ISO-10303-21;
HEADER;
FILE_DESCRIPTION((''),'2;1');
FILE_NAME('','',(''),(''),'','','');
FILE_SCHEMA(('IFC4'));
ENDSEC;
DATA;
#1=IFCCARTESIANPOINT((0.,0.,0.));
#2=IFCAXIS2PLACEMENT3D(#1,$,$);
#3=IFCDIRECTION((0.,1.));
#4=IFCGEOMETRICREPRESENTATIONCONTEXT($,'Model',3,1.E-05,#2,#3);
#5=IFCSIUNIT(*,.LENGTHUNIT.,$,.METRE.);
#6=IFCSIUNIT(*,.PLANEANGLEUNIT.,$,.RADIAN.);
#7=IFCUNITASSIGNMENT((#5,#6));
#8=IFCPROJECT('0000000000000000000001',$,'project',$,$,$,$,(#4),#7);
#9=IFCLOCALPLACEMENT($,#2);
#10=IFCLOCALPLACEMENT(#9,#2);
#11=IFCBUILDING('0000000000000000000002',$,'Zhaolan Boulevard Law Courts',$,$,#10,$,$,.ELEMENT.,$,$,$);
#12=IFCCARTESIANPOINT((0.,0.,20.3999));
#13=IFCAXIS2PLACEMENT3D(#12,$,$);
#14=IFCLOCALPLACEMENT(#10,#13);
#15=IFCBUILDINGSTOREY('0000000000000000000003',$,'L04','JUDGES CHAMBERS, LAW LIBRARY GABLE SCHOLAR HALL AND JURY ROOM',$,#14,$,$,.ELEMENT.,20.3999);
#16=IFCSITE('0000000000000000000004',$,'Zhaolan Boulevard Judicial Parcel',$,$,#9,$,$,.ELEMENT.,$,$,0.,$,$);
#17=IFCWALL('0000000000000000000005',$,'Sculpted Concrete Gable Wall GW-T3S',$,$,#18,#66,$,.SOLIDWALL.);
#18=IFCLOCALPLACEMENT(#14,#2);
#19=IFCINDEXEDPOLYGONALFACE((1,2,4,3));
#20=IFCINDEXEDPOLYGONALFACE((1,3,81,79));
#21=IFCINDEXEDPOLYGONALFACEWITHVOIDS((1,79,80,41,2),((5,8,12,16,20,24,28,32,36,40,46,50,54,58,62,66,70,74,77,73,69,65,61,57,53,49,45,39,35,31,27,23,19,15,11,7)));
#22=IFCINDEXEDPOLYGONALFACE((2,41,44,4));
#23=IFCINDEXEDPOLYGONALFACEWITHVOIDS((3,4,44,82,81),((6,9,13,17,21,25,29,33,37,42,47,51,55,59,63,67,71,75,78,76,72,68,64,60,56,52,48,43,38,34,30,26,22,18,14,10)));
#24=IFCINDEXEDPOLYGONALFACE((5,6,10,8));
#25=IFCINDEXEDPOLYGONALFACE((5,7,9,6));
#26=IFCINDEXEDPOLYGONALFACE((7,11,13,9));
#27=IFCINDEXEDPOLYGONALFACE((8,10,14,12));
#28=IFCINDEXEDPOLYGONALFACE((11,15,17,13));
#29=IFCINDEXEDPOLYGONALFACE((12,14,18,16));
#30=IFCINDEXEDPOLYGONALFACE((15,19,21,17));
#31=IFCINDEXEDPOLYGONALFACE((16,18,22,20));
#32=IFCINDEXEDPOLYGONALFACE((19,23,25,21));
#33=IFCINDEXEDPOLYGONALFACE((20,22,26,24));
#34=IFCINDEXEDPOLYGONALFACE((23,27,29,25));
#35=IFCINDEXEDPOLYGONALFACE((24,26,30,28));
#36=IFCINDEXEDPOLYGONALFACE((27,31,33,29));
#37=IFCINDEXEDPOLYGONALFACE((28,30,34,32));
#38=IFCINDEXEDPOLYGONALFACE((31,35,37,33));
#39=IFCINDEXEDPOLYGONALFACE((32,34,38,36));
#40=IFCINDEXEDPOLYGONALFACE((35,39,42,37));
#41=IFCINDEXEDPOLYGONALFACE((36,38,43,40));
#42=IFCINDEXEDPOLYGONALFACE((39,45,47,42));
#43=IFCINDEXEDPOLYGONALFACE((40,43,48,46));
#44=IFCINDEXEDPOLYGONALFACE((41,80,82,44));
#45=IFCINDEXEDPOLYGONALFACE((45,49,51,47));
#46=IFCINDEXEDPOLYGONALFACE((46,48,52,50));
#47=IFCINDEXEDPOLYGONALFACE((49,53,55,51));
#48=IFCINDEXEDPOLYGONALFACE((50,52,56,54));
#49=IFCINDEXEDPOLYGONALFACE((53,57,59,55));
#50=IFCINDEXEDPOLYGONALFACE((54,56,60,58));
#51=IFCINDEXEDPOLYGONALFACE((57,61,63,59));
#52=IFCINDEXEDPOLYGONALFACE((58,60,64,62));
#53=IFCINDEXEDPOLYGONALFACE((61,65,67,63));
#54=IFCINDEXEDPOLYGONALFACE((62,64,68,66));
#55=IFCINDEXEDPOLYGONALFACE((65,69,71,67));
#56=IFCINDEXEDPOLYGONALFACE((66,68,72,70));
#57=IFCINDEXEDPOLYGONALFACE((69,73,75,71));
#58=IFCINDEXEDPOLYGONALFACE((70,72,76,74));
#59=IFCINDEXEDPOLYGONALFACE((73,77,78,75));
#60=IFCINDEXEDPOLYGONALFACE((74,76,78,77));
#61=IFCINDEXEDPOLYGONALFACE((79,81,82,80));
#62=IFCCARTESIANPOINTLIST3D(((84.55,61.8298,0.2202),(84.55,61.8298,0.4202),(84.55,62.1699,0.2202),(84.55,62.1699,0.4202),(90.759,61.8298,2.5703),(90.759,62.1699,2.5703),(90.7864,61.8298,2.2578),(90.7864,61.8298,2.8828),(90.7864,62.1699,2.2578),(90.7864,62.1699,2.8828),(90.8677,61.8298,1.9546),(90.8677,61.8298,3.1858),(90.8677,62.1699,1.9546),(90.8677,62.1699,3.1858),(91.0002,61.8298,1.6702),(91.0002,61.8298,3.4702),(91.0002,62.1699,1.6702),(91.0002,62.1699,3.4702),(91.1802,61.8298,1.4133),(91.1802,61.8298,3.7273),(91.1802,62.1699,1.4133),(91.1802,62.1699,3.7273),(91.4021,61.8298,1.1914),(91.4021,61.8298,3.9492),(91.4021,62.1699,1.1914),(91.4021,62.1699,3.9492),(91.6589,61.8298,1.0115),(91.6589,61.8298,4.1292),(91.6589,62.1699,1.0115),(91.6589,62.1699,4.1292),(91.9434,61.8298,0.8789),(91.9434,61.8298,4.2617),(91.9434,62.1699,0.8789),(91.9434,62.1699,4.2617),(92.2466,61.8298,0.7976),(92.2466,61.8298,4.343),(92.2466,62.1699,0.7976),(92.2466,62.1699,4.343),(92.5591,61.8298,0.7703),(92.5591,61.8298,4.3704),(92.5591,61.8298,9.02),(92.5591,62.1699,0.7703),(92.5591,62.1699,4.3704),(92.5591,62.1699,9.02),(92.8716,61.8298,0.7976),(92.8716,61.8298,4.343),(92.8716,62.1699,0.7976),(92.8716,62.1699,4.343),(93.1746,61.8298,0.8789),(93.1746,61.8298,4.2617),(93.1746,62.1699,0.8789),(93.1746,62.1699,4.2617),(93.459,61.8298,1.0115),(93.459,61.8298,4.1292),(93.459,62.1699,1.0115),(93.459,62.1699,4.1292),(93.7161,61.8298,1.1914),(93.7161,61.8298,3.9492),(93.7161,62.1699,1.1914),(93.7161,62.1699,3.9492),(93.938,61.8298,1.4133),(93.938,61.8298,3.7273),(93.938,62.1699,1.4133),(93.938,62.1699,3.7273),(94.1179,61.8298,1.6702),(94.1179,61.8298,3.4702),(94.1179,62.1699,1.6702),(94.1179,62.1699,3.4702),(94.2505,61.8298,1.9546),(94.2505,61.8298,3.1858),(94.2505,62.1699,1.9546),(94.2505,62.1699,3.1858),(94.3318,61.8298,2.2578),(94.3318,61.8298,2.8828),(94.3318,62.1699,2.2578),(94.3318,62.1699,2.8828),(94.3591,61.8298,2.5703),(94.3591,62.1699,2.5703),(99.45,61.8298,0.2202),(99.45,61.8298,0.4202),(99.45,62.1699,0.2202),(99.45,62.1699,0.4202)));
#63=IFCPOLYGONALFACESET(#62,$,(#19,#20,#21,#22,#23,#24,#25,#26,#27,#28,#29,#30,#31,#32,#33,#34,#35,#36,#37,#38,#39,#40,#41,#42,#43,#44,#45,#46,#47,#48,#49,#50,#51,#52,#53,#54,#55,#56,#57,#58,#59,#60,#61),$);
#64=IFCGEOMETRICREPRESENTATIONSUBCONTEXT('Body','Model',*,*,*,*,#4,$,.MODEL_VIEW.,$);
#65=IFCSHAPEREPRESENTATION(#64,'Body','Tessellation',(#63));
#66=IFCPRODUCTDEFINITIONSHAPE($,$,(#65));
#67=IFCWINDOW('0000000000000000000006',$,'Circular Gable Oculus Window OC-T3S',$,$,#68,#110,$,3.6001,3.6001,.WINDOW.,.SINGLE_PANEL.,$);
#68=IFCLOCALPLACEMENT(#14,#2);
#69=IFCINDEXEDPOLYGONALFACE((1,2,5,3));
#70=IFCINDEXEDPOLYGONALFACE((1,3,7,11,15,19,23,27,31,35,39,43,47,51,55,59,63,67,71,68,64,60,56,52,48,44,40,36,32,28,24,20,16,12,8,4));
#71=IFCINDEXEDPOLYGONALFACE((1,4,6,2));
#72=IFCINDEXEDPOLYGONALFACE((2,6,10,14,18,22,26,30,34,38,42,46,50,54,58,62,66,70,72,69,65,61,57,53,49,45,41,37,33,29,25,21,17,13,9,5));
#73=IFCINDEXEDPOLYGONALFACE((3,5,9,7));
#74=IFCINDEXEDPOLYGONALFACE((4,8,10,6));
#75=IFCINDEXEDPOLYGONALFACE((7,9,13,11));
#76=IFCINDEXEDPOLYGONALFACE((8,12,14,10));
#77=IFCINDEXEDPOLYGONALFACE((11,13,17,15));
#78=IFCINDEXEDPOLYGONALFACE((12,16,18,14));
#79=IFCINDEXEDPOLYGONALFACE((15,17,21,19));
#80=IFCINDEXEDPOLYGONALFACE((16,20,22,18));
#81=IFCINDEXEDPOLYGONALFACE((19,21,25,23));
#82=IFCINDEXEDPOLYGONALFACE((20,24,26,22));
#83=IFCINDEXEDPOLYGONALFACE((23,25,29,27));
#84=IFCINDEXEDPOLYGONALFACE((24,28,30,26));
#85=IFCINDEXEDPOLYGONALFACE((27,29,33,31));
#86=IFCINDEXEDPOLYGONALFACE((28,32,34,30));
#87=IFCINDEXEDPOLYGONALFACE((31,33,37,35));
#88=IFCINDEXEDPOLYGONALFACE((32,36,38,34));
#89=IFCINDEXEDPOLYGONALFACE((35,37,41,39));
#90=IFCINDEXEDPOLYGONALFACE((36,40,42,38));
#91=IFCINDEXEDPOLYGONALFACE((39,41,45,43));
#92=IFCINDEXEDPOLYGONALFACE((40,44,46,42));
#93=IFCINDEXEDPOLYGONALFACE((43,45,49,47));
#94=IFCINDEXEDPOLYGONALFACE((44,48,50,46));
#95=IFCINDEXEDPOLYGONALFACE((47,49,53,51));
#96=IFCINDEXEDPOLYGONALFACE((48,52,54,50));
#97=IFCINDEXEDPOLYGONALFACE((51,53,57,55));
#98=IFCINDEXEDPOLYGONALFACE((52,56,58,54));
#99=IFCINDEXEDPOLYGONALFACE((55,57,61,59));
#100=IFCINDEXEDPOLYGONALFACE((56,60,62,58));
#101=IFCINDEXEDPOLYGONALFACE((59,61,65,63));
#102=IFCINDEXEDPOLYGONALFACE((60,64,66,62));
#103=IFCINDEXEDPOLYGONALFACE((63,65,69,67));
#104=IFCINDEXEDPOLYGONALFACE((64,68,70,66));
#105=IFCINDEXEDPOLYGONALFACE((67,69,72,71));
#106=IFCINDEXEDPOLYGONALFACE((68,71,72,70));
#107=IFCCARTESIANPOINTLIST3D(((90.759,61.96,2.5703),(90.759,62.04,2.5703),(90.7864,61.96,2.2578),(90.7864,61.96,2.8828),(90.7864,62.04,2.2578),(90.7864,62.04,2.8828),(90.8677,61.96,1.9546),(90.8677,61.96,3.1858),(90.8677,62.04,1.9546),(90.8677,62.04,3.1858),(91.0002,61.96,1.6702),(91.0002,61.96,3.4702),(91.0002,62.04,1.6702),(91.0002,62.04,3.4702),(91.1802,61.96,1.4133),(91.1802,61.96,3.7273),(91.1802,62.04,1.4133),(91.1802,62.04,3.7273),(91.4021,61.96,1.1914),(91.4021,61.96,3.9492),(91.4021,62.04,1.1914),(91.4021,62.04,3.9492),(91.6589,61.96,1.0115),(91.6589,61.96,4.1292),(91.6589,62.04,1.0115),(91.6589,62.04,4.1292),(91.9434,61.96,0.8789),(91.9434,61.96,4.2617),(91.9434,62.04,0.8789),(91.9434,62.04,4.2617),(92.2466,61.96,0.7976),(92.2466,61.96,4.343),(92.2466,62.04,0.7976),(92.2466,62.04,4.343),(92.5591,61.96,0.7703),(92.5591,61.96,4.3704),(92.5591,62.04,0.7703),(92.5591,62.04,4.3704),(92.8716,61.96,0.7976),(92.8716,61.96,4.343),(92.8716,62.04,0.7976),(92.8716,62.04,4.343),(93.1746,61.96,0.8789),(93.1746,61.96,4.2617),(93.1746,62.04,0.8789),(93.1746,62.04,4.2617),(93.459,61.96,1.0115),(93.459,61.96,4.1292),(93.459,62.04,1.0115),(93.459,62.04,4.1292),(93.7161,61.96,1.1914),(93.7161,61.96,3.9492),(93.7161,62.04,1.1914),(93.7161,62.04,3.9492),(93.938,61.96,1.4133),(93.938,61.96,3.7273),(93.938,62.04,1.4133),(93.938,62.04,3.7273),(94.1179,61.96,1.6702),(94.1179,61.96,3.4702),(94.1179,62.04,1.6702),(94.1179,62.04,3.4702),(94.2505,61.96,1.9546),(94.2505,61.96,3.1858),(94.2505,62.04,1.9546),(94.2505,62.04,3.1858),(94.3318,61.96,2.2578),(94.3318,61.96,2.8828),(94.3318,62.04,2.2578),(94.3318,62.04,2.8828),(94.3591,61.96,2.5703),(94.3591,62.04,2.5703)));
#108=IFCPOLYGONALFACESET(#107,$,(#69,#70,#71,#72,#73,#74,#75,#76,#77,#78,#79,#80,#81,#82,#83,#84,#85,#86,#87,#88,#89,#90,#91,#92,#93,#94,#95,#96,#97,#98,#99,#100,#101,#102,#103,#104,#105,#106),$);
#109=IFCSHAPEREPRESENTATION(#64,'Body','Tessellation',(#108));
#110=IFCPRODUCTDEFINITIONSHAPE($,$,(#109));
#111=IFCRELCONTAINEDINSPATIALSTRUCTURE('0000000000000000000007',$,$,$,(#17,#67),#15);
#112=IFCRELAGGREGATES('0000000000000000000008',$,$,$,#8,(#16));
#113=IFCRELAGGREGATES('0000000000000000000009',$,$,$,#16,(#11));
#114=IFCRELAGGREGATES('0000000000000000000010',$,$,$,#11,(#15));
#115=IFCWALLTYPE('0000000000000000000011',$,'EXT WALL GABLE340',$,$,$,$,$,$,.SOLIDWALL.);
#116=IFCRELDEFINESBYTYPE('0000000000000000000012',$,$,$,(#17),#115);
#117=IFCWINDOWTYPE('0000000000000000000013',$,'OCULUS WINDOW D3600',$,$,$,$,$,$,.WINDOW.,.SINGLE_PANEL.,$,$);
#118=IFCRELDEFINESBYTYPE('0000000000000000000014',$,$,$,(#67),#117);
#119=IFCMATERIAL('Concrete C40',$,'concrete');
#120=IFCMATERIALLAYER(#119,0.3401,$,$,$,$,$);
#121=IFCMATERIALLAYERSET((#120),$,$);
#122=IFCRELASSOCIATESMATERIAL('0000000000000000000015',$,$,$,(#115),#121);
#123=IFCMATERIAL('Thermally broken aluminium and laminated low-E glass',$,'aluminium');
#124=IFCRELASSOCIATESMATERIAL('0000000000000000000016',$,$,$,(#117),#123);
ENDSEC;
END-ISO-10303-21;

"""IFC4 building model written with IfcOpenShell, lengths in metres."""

from ifc_helpers import new_model, si_unit, direction, frame, origin, place, context, subcontext, project, spatial, polyline, outline, extrude, material, layer, layer_set, type_object, element, fill, save


model = new_model("IFC4")

# Units and contexts
model_context = context("Model", 3, precision=1e-05, world=origin(), true_north=direction((0.0, 1.0)))
body_context = subcontext(model_context, "Body", "Model", "MODEL_VIEW")
ifc_project = project(units=[si_unit("LENGTHUNIT", "METRE"), si_unit("PLANEANGLEUNIT", "RADIAN")], contexts=[model_context])

# Site, building, storey
site_placement = place(None, origin())
site = spatial("IfcSite", under=ifc_project, at=site_placement, Name="Zhaolan Boulevard Judicial Parcel", CompositionType="ELEMENT", RefElevation=0.0)
building_placement = place(site_placement, origin())
building = spatial("IfcBuilding", under=site, at=building_placement, Name="Zhaolan Boulevard Law Courts", CompositionType="ELEMENT")
storey_placement = place(building_placement, frame((0.0, 0.0, 20.3999)))
storey = spatial("IfcBuildingStorey", under=building, at=storey_placement, Name="L04", Description="JUDGES CHAMBERS, LAW LIBRARY GABLE SCHOLAR HALL AND JURY ROOM", CompositionType="ELEMENT", Elevation=20.3999)

# Wall, opening, window
ifc_material_1 = material(Name="Concrete C40", Category="concrete")
ifc_layer_1 = layer(ifc_material_1, 0.3401)
ifc_layer_set_1 = layer_set([ifc_layer_1])
wall_type = type_object("IfcWallType", Name="EXT WALL GABLE340", PredefinedType="SOLIDWALL", material=ifc_layer_set_1)
wall_1_placement = place(storey_placement, frame((84.55, 62.0, 0.2202), z_axis=(0.0, 0.0, 1.0), x_axis=(1.0, 0.0, 0.0)))
wall_1 = element("IfcWall", 1, at=wall_1_placement, inside=storey, type_object=wall_type, Name="Sculpted Concrete Gable Wall GW-T3S", PredefinedType="SOLIDWALL", context=body_context, shape_type="SweptSolid", body=[
    extrude(outline(polyline([(0.0, 0.0), (14.8999, 0.0), (14.8999, 0.2), (8.009, 8.7998), (0.0, 0.2), (0.0, 0.0)])), frame((0.0, 0.1699, 0.0), z_axis=(0.0, -1.0, 0.0), x_axis=(1.0, 0.0, 0.0)), (0.0, 0.0, 1.0), 0.3401),
])
opening_1_placement = place(wall_1_placement, frame((6.209, 0.0, 0.55)))
opening_1 = element("IfcOpeningElement", 2, at=opening_1_placement, cuts=wall_1, PredefinedType="OPENING", context=body_context, shape_type="SweptSolid", body=[
    extrude(outline(polyline([(3.6001, 1.8), (3.5728, 2.1125), (3.4915, 2.4155), (3.3589, 2.7), (3.179, 2.957), (2.957, 3.179), (2.7, 3.3589), (2.4155, 3.4915), (2.1125, 3.5728), (1.8, 3.6001), (1.4875, 3.5728), (1.1843, 3.4915), (0.8999, 3.3589), (0.6431, 3.179), (0.4211, 2.957), (0.2412, 2.7), (0.1086, 2.4155), (0.0273, 2.1125), (0.0, 1.8), (0.0273, 1.4875), (0.1086, 1.1843), (0.2412, 0.8999), (0.4211, 0.6431), (0.6431, 0.4211), (0.8999, 0.2412), (1.1843, 0.1086), (1.4875, 0.0273), (1.8, 0.0), (2.1125, 0.0273), (2.4155, 0.1086), (2.7, 0.2412), (2.957, 0.4211), (3.179, 0.6431), (3.3589, 0.8999), (3.4915, 1.1843), (3.5728, 1.4875), (3.6001, 1.8)])), frame((0.0, 0.1799, 0.0), z_axis=(0.0, -1.0, 0.0), x_axis=(1.0, 0.0, 0.0)), (0.0, 0.0, 1.0), 0.3601),
])
ifc_material_2 = material(Name="Thermally broken aluminium and laminated low-E glass", Category="aluminium")
window_type_1 = type_object("IfcWindowType", Name="OCULUS WINDOW D3600", PartitioningType="SINGLE_PANEL", PredefinedType="WINDOW", material=ifc_material_2)
window_1_placement = place(opening_1_placement, origin())
window_1 = element("IfcWindow", 3, at=window_1_placement, inside=storey, type_object=window_type_1, Name="Circular Gable Oculus Window OC-T3S", OverallHeight=3.6001, OverallWidth=3.6001, PartitioningType="SINGLE_PANEL", PredefinedType="WINDOW", context=body_context, shape_type="SweptSolid", body=[
    extrude(outline(polyline([(3.6001, 1.8), (3.5728, 2.1125), (3.4915, 2.4155), (3.3589, 2.7), (3.179, 2.957), (2.957, 3.179), (2.7, 3.3589), (2.4155, 3.4915), (2.1125, 3.5728), (1.8, 3.6001), (1.4875, 3.5728), (1.1843, 3.4915), (0.8999, 3.3589), (0.6431, 3.179), (0.4211, 2.957), (0.2412, 2.7), (0.1086, 2.4155), (0.0273, 2.1125), (0.0, 1.8), (0.0273, 1.4875), (0.1086, 1.1843), (0.2412, 0.8999), (0.4211, 0.6431), (0.6431, 0.4211), (0.8999, 0.2412), (1.1843, 0.1086), (1.4875, 0.0273), (1.8, 0.0), (2.1125, 0.0273), (2.4155, 0.1086), (2.7, 0.2412), (2.957, 0.4211), (3.179, 0.6431), (3.3589, 0.8999), (3.4915, 1.1843), (3.5728, 1.4875), (3.6001, 1.8)])), frame((0.0, 0.04, 0.0), z_axis=(0.0, -1.0, 0.0), x_axis=(1.0, 0.0, 0.0)), (0.0, 0.0, 1.0), 0.0801),
])
fill(opening_1, window_1)

save(model, "model.ifc")
